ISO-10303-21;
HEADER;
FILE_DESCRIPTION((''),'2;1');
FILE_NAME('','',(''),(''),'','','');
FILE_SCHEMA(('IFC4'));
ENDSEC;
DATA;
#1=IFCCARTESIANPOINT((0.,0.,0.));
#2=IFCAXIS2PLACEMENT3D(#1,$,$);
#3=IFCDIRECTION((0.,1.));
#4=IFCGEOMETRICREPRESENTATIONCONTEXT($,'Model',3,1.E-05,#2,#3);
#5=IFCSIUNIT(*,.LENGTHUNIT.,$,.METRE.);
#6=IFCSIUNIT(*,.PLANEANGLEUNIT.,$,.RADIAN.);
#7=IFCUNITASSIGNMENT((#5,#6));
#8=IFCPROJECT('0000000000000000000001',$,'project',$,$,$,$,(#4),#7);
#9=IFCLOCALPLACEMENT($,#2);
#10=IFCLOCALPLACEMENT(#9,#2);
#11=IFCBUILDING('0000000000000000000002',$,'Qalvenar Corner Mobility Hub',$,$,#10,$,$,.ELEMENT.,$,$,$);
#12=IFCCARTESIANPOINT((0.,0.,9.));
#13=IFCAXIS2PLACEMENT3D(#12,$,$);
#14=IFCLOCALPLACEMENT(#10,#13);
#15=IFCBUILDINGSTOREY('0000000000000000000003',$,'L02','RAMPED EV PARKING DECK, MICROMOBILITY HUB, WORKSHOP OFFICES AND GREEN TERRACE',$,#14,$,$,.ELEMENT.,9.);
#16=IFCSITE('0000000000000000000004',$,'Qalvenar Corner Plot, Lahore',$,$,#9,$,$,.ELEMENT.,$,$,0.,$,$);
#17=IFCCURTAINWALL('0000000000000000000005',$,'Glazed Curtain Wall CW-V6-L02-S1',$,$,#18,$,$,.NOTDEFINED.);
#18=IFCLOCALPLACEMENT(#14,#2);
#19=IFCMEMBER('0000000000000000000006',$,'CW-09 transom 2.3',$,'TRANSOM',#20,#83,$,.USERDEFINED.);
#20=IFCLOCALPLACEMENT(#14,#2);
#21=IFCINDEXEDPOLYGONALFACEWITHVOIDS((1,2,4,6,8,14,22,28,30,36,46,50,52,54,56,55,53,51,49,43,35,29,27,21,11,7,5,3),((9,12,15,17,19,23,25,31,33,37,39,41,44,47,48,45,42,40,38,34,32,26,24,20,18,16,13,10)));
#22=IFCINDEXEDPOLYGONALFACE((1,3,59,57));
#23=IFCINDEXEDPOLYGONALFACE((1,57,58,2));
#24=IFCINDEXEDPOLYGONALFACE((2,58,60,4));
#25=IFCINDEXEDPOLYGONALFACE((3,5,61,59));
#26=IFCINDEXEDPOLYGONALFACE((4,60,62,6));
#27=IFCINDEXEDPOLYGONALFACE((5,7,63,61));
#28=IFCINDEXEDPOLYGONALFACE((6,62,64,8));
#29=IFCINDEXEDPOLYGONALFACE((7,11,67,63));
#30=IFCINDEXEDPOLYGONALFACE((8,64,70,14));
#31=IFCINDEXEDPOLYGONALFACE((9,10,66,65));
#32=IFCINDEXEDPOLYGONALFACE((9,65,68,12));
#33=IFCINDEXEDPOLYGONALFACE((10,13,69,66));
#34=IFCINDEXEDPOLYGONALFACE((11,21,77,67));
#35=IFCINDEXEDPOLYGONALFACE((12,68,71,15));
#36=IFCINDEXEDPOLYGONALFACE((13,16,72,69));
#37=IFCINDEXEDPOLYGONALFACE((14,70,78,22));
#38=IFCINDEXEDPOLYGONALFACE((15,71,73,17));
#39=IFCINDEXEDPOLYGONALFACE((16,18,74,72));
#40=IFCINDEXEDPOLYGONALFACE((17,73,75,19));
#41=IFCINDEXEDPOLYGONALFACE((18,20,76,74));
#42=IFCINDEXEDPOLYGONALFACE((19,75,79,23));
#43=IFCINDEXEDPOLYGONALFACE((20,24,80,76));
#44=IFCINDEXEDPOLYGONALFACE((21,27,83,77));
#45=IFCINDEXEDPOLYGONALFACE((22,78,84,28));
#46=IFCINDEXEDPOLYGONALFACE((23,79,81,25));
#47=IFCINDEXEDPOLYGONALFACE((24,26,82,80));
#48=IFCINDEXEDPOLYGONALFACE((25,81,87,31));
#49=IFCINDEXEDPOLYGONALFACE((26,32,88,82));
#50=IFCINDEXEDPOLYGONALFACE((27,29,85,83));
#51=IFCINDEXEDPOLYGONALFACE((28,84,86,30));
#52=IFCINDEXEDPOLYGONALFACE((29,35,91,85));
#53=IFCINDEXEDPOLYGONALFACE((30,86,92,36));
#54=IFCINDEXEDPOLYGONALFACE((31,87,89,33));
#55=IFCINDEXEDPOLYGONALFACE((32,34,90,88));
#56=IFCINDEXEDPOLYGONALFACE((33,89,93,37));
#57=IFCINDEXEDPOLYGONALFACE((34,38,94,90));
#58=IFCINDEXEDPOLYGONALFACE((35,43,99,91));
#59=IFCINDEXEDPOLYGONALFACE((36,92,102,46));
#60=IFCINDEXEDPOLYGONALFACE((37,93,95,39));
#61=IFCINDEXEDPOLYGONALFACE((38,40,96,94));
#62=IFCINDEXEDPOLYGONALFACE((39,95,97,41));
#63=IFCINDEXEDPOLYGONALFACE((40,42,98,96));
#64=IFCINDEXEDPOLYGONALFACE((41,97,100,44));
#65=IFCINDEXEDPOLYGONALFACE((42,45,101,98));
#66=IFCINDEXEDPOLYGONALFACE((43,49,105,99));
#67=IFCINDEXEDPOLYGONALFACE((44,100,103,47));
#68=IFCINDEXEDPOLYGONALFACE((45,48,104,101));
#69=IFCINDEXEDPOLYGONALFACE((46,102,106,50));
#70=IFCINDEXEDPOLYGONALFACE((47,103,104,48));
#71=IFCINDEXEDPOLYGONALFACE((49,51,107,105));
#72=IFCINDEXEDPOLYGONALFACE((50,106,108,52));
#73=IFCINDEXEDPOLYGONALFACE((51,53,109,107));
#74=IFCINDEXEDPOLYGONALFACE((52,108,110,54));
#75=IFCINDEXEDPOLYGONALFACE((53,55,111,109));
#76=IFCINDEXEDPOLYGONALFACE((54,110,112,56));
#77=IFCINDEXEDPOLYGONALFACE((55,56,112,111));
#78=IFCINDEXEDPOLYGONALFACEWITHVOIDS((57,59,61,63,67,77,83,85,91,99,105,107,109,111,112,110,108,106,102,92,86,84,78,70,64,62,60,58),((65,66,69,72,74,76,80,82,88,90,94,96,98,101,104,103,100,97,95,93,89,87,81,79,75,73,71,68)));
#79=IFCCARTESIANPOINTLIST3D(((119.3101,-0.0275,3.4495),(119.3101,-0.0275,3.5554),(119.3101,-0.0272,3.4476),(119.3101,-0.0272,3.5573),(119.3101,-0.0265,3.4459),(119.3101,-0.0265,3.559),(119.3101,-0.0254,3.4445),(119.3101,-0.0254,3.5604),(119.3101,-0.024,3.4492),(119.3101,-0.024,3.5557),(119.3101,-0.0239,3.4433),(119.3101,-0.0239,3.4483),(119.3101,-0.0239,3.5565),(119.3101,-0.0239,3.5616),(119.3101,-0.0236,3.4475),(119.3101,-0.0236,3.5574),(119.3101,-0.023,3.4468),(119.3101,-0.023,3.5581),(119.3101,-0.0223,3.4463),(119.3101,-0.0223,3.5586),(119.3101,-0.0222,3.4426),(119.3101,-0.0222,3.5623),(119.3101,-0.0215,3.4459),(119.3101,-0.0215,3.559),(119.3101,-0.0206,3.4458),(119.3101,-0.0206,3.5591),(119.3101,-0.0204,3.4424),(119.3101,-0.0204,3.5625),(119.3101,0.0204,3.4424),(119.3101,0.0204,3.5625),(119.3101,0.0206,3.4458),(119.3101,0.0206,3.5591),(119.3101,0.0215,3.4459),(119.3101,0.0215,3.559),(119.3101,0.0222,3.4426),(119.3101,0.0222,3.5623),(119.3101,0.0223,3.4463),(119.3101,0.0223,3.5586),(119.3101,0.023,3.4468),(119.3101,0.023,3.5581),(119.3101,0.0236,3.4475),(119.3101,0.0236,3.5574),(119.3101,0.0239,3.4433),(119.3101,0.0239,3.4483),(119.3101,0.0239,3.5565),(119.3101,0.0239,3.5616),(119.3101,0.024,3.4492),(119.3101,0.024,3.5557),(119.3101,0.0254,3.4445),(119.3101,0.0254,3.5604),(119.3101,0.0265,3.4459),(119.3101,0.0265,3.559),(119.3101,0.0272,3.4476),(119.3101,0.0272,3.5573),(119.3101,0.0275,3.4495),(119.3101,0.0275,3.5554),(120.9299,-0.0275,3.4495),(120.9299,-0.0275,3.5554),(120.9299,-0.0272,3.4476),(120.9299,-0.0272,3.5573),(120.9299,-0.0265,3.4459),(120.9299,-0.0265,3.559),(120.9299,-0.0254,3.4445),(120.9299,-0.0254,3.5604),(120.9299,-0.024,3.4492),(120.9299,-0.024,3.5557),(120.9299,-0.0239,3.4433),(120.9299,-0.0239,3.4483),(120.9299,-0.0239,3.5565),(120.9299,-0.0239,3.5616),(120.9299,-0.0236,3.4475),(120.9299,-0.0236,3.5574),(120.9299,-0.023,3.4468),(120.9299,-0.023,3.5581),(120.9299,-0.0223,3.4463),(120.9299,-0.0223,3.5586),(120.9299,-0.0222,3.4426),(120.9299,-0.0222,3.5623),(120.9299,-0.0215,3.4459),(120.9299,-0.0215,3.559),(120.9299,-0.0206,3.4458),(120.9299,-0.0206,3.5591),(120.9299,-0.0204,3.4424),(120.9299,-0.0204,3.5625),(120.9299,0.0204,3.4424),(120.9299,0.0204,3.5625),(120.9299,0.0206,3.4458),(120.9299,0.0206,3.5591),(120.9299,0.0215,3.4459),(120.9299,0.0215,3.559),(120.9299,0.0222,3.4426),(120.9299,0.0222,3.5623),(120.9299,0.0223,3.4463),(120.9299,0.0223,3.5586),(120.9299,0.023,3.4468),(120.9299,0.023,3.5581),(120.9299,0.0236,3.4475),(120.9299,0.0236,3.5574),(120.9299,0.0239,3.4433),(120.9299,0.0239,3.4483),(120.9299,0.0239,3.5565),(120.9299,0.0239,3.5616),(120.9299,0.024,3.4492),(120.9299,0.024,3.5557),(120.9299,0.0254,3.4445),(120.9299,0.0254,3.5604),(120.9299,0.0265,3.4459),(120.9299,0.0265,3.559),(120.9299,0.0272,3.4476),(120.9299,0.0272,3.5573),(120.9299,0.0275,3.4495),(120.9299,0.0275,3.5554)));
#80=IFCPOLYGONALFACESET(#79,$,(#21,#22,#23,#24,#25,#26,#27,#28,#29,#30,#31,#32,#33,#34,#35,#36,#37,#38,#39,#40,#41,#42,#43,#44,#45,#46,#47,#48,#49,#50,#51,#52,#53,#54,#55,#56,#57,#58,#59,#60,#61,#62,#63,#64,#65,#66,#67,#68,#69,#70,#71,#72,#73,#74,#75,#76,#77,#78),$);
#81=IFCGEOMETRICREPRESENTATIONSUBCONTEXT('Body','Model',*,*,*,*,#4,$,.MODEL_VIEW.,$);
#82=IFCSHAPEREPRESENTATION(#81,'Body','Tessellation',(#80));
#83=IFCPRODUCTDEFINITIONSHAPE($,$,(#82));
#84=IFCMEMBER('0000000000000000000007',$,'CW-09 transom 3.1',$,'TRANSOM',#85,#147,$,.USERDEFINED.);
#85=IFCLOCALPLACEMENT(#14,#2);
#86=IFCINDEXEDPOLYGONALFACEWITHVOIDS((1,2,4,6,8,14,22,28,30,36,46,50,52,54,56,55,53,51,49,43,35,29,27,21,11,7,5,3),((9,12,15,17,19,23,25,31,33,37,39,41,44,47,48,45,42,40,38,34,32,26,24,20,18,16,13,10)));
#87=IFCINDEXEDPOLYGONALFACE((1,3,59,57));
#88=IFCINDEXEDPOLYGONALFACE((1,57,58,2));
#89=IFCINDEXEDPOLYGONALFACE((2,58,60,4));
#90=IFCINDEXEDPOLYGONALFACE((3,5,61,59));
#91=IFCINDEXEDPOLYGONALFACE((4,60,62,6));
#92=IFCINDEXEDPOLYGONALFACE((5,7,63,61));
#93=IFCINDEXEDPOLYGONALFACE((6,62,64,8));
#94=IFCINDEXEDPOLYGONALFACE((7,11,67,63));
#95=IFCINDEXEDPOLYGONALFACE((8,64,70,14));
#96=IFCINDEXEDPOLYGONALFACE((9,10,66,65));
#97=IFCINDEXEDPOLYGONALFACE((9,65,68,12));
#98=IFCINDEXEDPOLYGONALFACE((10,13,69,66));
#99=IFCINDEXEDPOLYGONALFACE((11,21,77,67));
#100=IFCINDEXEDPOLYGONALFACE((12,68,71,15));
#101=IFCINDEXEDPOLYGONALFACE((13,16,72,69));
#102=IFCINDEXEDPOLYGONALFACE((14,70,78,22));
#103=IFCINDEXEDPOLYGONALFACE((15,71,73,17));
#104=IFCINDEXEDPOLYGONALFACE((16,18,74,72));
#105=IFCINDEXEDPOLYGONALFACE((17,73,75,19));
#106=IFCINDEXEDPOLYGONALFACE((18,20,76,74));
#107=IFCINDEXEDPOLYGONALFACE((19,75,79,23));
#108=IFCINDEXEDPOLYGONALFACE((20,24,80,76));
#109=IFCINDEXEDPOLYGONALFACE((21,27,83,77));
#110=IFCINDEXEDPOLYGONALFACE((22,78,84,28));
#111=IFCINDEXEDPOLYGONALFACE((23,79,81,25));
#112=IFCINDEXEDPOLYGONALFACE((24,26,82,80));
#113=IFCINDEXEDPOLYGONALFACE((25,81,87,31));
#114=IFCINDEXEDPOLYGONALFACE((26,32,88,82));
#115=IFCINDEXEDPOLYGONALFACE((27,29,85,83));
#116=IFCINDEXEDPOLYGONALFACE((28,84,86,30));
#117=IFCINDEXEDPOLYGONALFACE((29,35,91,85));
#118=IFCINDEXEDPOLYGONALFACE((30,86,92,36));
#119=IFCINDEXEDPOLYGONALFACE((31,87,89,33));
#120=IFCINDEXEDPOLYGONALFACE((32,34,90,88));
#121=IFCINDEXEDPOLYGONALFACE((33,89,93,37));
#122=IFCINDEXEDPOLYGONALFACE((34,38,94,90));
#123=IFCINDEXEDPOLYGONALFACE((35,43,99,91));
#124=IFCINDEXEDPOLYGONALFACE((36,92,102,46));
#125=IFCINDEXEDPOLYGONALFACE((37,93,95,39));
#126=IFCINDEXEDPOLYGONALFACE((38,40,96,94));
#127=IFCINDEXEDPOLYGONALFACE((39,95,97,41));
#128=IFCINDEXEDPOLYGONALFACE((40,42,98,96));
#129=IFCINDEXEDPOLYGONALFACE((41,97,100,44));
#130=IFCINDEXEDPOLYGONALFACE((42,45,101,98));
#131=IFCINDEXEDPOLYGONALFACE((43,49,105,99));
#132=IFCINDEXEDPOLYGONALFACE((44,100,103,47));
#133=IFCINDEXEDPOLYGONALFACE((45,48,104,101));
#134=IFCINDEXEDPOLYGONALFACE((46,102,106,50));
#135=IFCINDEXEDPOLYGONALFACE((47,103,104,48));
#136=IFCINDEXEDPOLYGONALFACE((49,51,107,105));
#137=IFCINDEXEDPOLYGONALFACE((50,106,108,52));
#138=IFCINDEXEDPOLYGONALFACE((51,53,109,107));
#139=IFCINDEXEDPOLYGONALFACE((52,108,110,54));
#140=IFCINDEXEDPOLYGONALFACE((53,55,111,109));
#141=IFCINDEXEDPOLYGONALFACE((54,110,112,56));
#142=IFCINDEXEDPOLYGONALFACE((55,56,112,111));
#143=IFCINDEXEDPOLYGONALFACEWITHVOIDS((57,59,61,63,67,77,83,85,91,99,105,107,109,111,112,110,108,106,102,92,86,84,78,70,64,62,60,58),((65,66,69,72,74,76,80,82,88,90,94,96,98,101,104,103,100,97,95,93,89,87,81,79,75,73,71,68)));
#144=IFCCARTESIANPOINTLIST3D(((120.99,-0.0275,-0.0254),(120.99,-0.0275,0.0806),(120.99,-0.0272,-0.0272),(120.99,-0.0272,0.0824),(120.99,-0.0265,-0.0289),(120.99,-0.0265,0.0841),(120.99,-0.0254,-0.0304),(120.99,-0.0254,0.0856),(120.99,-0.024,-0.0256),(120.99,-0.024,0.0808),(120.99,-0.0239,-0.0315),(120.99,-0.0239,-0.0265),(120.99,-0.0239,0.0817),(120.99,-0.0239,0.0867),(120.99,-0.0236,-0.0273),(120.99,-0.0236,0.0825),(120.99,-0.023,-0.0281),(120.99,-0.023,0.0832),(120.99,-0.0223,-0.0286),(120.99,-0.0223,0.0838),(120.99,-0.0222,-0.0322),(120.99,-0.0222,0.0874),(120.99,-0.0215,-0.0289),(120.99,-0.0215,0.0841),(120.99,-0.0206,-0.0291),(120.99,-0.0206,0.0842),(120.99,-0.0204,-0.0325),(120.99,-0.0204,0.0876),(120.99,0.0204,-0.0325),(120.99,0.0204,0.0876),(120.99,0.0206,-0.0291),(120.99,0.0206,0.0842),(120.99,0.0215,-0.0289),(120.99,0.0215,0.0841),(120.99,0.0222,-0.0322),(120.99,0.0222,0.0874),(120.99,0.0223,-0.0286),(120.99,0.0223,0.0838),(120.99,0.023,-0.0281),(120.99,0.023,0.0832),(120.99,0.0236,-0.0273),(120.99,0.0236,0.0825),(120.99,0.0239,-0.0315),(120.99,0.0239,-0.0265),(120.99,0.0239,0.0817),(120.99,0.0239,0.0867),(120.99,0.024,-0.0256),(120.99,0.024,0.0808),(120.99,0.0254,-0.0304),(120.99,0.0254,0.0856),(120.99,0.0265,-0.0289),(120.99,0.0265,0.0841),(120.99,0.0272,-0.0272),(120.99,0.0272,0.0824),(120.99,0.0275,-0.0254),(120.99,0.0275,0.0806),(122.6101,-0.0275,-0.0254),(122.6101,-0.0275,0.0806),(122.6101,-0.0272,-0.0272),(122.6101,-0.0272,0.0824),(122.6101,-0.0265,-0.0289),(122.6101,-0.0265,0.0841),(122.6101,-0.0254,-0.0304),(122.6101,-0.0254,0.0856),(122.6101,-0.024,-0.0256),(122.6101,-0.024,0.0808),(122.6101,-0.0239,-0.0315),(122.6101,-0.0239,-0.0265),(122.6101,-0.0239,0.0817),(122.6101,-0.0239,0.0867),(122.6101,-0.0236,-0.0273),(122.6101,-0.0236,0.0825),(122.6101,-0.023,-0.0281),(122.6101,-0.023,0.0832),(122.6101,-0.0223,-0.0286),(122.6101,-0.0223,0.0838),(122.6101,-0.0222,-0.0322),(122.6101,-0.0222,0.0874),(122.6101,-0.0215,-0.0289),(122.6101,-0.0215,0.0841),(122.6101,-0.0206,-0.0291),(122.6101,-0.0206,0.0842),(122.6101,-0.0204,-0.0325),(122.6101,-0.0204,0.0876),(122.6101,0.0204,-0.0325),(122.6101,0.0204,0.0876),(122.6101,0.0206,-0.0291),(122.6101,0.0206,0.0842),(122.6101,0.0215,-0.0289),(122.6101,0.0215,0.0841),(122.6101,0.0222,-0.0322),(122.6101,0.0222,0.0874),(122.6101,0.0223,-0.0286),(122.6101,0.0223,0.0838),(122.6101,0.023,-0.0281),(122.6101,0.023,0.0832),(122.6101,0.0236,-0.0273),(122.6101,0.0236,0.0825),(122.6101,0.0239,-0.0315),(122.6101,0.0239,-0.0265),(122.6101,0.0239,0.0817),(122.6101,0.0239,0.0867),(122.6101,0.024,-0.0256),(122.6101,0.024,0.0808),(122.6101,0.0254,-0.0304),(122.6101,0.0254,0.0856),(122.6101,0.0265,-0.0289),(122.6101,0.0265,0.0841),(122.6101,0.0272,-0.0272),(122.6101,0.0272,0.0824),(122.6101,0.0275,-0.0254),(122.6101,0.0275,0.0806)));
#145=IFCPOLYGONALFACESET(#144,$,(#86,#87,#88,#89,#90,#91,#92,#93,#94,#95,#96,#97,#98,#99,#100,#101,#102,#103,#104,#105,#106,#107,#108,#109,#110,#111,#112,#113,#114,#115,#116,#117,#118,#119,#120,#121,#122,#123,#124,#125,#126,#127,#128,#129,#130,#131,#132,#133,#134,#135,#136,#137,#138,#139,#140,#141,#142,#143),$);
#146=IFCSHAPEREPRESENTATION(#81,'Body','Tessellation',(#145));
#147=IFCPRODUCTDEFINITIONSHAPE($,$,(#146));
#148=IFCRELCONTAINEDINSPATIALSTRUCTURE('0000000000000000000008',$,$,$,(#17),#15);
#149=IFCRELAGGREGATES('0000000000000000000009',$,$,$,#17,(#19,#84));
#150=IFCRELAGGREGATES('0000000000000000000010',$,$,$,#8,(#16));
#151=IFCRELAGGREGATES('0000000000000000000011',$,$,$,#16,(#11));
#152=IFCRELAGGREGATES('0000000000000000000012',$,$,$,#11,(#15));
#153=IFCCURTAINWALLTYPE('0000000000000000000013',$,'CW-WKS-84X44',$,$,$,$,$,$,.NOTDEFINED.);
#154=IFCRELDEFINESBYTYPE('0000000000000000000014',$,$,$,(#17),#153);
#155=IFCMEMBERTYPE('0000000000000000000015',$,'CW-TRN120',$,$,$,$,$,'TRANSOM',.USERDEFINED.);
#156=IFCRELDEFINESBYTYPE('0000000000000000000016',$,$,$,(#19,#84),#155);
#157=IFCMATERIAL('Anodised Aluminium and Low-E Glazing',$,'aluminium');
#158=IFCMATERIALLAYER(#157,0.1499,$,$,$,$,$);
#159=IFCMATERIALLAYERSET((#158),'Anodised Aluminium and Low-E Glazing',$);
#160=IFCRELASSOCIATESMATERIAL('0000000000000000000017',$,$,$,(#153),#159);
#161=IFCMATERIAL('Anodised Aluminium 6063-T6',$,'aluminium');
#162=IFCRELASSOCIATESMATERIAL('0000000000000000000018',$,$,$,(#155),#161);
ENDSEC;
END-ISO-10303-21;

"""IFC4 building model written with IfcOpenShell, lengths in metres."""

from ifc_helpers import new_model, si_unit, direction, frame, origin, origin_2d, place, context, subcontext, project, spatial, hollow_rectangle, extrude, material, layer, layer_set, material_profile, profile_set, type_object, element, aggregate, save


model = new_model("IFC4")

# Units and contexts
model_context = context("Model", 3, precision=1e-05, world=origin(), true_north=direction((0.0, 1.0)))
body_context = subcontext(model_context, "Body", "Model", "MODEL_VIEW")
ifc_project = project(units=[si_unit("LENGTHUNIT", "METRE"), si_unit("PLANEANGLEUNIT", "RADIAN")], contexts=[model_context])

# Site, building, storey
site_placement = place(None, origin())
site = spatial("IfcSite", under=ifc_project, at=site_placement, Name="Qalvenar Corner Plot, Lahore", CompositionType="ELEMENT", RefElevation=0.0)
building_placement = place(site_placement, origin())
building = spatial("IfcBuilding", under=site, at=building_placement, Name="Qalvenar Corner Mobility Hub", CompositionType="ELEMENT")
storey_placement = place(building_placement, frame((0.0, 0.0, 9.0)))
storey = spatial("IfcBuildingStorey", under=building, at=storey_placement, Name="L02", Description="RAMPED EV PARKING DECK, MICROMOBILITY HUB, WORKSHOP OFFICES AND GREEN TERRACE", CompositionType="ELEMENT", Elevation=9.0)

# Curtain wall, members
ifc_material_1 = material(Name="Anodised Aluminium and Low-E Glazing", Category="aluminium")
ifc_layer_1 = layer(ifc_material_1, 0.1499)
ifc_layer_set_1 = layer_set([ifc_layer_1], Name="Anodised Aluminium and Low-E Glazing")
curtain_wall_type = type_object("IfcCurtainWallType", Name="CW-WKS-84X44", PredefinedType="NOTDEFINED", material=ifc_layer_set_1)
curtain_wall_placement = place(storey_placement, origin())
curtain_wall = element("IfcCurtainWall", 1, at=curtain_wall_placement, inside=storey, type_object=curtain_wall_type, Name="Glazed Curtain Wall CW-V6-L02-S1", PredefinedType="NOTDEFINED")
ifc_material_2 = material(Name="Anodised Aluminium 6063-T6", Category="aluminium")
ifc_material_profile_1 = material_profile(ifc_material_2, hollow_rectangle(XDim=0.0549, YDim=0.1201, WallThickness=0.0034, InnerFilletRadius=0.0034, OuterFilletRadius=0.0071, at=origin_2d()), Name="RHS120x55x3.5")
ifc_profile_set_1 = profile_set([ifc_material_profile_1], Name="Anodised Aluminium 6063-T6")
member_type_1 = type_object("IfcMemberType", Name="CW-TRN120", ElementType="TRANSOM", PredefinedType="USERDEFINED", material=ifc_profile_set_1)
member_1_placement = place(storey_placement, frame((119.3101, 0.0, 3.5024), z_axis=(1.0, 0.0, 0.0), x_axis=(0.0, 1.0, 0.0)))
member_1 = element("IfcMember", 2, at=member_1_placement, type_object=member_type_1, Name="CW-09 transom 2.3", ObjectType="TRANSOM", PredefinedType="USERDEFINED", context=body_context, shape_type="SweptSolid", body=[
    extrude(hollow_rectangle(XDim=0.0549, YDim=0.1201, WallThickness=0.0034, InnerFilletRadius=0.0034, OuterFilletRadius=0.0071, at=origin_2d()), origin(), (0.0, 0.0, 1.0), 1.6199),
])
member_2_placement = place(storey_placement, frame((120.99, 0.0, 0.0276), z_axis=(1.0, 0.0, 0.0), x_axis=(0.0, 1.0, 0.0)))
member_2 = element("IfcMember", 3, at=member_2_placement, type_object=member_type_1, Name="CW-09 transom 3.1", ObjectType="TRANSOM", PredefinedType="USERDEFINED", context=body_context, shape_type="SweptSolid", body=[
    extrude(hollow_rectangle(XDim=0.0549, YDim=0.1201, WallThickness=0.0034, InnerFilletRadius=0.0034, OuterFilletRadius=0.0071, at=origin_2d()), origin(), (0.0, 0.0, 1.0), 1.6201),
])
aggregate(curtain_wall, [member_1, member_2])

save(model, "model.ifc")
